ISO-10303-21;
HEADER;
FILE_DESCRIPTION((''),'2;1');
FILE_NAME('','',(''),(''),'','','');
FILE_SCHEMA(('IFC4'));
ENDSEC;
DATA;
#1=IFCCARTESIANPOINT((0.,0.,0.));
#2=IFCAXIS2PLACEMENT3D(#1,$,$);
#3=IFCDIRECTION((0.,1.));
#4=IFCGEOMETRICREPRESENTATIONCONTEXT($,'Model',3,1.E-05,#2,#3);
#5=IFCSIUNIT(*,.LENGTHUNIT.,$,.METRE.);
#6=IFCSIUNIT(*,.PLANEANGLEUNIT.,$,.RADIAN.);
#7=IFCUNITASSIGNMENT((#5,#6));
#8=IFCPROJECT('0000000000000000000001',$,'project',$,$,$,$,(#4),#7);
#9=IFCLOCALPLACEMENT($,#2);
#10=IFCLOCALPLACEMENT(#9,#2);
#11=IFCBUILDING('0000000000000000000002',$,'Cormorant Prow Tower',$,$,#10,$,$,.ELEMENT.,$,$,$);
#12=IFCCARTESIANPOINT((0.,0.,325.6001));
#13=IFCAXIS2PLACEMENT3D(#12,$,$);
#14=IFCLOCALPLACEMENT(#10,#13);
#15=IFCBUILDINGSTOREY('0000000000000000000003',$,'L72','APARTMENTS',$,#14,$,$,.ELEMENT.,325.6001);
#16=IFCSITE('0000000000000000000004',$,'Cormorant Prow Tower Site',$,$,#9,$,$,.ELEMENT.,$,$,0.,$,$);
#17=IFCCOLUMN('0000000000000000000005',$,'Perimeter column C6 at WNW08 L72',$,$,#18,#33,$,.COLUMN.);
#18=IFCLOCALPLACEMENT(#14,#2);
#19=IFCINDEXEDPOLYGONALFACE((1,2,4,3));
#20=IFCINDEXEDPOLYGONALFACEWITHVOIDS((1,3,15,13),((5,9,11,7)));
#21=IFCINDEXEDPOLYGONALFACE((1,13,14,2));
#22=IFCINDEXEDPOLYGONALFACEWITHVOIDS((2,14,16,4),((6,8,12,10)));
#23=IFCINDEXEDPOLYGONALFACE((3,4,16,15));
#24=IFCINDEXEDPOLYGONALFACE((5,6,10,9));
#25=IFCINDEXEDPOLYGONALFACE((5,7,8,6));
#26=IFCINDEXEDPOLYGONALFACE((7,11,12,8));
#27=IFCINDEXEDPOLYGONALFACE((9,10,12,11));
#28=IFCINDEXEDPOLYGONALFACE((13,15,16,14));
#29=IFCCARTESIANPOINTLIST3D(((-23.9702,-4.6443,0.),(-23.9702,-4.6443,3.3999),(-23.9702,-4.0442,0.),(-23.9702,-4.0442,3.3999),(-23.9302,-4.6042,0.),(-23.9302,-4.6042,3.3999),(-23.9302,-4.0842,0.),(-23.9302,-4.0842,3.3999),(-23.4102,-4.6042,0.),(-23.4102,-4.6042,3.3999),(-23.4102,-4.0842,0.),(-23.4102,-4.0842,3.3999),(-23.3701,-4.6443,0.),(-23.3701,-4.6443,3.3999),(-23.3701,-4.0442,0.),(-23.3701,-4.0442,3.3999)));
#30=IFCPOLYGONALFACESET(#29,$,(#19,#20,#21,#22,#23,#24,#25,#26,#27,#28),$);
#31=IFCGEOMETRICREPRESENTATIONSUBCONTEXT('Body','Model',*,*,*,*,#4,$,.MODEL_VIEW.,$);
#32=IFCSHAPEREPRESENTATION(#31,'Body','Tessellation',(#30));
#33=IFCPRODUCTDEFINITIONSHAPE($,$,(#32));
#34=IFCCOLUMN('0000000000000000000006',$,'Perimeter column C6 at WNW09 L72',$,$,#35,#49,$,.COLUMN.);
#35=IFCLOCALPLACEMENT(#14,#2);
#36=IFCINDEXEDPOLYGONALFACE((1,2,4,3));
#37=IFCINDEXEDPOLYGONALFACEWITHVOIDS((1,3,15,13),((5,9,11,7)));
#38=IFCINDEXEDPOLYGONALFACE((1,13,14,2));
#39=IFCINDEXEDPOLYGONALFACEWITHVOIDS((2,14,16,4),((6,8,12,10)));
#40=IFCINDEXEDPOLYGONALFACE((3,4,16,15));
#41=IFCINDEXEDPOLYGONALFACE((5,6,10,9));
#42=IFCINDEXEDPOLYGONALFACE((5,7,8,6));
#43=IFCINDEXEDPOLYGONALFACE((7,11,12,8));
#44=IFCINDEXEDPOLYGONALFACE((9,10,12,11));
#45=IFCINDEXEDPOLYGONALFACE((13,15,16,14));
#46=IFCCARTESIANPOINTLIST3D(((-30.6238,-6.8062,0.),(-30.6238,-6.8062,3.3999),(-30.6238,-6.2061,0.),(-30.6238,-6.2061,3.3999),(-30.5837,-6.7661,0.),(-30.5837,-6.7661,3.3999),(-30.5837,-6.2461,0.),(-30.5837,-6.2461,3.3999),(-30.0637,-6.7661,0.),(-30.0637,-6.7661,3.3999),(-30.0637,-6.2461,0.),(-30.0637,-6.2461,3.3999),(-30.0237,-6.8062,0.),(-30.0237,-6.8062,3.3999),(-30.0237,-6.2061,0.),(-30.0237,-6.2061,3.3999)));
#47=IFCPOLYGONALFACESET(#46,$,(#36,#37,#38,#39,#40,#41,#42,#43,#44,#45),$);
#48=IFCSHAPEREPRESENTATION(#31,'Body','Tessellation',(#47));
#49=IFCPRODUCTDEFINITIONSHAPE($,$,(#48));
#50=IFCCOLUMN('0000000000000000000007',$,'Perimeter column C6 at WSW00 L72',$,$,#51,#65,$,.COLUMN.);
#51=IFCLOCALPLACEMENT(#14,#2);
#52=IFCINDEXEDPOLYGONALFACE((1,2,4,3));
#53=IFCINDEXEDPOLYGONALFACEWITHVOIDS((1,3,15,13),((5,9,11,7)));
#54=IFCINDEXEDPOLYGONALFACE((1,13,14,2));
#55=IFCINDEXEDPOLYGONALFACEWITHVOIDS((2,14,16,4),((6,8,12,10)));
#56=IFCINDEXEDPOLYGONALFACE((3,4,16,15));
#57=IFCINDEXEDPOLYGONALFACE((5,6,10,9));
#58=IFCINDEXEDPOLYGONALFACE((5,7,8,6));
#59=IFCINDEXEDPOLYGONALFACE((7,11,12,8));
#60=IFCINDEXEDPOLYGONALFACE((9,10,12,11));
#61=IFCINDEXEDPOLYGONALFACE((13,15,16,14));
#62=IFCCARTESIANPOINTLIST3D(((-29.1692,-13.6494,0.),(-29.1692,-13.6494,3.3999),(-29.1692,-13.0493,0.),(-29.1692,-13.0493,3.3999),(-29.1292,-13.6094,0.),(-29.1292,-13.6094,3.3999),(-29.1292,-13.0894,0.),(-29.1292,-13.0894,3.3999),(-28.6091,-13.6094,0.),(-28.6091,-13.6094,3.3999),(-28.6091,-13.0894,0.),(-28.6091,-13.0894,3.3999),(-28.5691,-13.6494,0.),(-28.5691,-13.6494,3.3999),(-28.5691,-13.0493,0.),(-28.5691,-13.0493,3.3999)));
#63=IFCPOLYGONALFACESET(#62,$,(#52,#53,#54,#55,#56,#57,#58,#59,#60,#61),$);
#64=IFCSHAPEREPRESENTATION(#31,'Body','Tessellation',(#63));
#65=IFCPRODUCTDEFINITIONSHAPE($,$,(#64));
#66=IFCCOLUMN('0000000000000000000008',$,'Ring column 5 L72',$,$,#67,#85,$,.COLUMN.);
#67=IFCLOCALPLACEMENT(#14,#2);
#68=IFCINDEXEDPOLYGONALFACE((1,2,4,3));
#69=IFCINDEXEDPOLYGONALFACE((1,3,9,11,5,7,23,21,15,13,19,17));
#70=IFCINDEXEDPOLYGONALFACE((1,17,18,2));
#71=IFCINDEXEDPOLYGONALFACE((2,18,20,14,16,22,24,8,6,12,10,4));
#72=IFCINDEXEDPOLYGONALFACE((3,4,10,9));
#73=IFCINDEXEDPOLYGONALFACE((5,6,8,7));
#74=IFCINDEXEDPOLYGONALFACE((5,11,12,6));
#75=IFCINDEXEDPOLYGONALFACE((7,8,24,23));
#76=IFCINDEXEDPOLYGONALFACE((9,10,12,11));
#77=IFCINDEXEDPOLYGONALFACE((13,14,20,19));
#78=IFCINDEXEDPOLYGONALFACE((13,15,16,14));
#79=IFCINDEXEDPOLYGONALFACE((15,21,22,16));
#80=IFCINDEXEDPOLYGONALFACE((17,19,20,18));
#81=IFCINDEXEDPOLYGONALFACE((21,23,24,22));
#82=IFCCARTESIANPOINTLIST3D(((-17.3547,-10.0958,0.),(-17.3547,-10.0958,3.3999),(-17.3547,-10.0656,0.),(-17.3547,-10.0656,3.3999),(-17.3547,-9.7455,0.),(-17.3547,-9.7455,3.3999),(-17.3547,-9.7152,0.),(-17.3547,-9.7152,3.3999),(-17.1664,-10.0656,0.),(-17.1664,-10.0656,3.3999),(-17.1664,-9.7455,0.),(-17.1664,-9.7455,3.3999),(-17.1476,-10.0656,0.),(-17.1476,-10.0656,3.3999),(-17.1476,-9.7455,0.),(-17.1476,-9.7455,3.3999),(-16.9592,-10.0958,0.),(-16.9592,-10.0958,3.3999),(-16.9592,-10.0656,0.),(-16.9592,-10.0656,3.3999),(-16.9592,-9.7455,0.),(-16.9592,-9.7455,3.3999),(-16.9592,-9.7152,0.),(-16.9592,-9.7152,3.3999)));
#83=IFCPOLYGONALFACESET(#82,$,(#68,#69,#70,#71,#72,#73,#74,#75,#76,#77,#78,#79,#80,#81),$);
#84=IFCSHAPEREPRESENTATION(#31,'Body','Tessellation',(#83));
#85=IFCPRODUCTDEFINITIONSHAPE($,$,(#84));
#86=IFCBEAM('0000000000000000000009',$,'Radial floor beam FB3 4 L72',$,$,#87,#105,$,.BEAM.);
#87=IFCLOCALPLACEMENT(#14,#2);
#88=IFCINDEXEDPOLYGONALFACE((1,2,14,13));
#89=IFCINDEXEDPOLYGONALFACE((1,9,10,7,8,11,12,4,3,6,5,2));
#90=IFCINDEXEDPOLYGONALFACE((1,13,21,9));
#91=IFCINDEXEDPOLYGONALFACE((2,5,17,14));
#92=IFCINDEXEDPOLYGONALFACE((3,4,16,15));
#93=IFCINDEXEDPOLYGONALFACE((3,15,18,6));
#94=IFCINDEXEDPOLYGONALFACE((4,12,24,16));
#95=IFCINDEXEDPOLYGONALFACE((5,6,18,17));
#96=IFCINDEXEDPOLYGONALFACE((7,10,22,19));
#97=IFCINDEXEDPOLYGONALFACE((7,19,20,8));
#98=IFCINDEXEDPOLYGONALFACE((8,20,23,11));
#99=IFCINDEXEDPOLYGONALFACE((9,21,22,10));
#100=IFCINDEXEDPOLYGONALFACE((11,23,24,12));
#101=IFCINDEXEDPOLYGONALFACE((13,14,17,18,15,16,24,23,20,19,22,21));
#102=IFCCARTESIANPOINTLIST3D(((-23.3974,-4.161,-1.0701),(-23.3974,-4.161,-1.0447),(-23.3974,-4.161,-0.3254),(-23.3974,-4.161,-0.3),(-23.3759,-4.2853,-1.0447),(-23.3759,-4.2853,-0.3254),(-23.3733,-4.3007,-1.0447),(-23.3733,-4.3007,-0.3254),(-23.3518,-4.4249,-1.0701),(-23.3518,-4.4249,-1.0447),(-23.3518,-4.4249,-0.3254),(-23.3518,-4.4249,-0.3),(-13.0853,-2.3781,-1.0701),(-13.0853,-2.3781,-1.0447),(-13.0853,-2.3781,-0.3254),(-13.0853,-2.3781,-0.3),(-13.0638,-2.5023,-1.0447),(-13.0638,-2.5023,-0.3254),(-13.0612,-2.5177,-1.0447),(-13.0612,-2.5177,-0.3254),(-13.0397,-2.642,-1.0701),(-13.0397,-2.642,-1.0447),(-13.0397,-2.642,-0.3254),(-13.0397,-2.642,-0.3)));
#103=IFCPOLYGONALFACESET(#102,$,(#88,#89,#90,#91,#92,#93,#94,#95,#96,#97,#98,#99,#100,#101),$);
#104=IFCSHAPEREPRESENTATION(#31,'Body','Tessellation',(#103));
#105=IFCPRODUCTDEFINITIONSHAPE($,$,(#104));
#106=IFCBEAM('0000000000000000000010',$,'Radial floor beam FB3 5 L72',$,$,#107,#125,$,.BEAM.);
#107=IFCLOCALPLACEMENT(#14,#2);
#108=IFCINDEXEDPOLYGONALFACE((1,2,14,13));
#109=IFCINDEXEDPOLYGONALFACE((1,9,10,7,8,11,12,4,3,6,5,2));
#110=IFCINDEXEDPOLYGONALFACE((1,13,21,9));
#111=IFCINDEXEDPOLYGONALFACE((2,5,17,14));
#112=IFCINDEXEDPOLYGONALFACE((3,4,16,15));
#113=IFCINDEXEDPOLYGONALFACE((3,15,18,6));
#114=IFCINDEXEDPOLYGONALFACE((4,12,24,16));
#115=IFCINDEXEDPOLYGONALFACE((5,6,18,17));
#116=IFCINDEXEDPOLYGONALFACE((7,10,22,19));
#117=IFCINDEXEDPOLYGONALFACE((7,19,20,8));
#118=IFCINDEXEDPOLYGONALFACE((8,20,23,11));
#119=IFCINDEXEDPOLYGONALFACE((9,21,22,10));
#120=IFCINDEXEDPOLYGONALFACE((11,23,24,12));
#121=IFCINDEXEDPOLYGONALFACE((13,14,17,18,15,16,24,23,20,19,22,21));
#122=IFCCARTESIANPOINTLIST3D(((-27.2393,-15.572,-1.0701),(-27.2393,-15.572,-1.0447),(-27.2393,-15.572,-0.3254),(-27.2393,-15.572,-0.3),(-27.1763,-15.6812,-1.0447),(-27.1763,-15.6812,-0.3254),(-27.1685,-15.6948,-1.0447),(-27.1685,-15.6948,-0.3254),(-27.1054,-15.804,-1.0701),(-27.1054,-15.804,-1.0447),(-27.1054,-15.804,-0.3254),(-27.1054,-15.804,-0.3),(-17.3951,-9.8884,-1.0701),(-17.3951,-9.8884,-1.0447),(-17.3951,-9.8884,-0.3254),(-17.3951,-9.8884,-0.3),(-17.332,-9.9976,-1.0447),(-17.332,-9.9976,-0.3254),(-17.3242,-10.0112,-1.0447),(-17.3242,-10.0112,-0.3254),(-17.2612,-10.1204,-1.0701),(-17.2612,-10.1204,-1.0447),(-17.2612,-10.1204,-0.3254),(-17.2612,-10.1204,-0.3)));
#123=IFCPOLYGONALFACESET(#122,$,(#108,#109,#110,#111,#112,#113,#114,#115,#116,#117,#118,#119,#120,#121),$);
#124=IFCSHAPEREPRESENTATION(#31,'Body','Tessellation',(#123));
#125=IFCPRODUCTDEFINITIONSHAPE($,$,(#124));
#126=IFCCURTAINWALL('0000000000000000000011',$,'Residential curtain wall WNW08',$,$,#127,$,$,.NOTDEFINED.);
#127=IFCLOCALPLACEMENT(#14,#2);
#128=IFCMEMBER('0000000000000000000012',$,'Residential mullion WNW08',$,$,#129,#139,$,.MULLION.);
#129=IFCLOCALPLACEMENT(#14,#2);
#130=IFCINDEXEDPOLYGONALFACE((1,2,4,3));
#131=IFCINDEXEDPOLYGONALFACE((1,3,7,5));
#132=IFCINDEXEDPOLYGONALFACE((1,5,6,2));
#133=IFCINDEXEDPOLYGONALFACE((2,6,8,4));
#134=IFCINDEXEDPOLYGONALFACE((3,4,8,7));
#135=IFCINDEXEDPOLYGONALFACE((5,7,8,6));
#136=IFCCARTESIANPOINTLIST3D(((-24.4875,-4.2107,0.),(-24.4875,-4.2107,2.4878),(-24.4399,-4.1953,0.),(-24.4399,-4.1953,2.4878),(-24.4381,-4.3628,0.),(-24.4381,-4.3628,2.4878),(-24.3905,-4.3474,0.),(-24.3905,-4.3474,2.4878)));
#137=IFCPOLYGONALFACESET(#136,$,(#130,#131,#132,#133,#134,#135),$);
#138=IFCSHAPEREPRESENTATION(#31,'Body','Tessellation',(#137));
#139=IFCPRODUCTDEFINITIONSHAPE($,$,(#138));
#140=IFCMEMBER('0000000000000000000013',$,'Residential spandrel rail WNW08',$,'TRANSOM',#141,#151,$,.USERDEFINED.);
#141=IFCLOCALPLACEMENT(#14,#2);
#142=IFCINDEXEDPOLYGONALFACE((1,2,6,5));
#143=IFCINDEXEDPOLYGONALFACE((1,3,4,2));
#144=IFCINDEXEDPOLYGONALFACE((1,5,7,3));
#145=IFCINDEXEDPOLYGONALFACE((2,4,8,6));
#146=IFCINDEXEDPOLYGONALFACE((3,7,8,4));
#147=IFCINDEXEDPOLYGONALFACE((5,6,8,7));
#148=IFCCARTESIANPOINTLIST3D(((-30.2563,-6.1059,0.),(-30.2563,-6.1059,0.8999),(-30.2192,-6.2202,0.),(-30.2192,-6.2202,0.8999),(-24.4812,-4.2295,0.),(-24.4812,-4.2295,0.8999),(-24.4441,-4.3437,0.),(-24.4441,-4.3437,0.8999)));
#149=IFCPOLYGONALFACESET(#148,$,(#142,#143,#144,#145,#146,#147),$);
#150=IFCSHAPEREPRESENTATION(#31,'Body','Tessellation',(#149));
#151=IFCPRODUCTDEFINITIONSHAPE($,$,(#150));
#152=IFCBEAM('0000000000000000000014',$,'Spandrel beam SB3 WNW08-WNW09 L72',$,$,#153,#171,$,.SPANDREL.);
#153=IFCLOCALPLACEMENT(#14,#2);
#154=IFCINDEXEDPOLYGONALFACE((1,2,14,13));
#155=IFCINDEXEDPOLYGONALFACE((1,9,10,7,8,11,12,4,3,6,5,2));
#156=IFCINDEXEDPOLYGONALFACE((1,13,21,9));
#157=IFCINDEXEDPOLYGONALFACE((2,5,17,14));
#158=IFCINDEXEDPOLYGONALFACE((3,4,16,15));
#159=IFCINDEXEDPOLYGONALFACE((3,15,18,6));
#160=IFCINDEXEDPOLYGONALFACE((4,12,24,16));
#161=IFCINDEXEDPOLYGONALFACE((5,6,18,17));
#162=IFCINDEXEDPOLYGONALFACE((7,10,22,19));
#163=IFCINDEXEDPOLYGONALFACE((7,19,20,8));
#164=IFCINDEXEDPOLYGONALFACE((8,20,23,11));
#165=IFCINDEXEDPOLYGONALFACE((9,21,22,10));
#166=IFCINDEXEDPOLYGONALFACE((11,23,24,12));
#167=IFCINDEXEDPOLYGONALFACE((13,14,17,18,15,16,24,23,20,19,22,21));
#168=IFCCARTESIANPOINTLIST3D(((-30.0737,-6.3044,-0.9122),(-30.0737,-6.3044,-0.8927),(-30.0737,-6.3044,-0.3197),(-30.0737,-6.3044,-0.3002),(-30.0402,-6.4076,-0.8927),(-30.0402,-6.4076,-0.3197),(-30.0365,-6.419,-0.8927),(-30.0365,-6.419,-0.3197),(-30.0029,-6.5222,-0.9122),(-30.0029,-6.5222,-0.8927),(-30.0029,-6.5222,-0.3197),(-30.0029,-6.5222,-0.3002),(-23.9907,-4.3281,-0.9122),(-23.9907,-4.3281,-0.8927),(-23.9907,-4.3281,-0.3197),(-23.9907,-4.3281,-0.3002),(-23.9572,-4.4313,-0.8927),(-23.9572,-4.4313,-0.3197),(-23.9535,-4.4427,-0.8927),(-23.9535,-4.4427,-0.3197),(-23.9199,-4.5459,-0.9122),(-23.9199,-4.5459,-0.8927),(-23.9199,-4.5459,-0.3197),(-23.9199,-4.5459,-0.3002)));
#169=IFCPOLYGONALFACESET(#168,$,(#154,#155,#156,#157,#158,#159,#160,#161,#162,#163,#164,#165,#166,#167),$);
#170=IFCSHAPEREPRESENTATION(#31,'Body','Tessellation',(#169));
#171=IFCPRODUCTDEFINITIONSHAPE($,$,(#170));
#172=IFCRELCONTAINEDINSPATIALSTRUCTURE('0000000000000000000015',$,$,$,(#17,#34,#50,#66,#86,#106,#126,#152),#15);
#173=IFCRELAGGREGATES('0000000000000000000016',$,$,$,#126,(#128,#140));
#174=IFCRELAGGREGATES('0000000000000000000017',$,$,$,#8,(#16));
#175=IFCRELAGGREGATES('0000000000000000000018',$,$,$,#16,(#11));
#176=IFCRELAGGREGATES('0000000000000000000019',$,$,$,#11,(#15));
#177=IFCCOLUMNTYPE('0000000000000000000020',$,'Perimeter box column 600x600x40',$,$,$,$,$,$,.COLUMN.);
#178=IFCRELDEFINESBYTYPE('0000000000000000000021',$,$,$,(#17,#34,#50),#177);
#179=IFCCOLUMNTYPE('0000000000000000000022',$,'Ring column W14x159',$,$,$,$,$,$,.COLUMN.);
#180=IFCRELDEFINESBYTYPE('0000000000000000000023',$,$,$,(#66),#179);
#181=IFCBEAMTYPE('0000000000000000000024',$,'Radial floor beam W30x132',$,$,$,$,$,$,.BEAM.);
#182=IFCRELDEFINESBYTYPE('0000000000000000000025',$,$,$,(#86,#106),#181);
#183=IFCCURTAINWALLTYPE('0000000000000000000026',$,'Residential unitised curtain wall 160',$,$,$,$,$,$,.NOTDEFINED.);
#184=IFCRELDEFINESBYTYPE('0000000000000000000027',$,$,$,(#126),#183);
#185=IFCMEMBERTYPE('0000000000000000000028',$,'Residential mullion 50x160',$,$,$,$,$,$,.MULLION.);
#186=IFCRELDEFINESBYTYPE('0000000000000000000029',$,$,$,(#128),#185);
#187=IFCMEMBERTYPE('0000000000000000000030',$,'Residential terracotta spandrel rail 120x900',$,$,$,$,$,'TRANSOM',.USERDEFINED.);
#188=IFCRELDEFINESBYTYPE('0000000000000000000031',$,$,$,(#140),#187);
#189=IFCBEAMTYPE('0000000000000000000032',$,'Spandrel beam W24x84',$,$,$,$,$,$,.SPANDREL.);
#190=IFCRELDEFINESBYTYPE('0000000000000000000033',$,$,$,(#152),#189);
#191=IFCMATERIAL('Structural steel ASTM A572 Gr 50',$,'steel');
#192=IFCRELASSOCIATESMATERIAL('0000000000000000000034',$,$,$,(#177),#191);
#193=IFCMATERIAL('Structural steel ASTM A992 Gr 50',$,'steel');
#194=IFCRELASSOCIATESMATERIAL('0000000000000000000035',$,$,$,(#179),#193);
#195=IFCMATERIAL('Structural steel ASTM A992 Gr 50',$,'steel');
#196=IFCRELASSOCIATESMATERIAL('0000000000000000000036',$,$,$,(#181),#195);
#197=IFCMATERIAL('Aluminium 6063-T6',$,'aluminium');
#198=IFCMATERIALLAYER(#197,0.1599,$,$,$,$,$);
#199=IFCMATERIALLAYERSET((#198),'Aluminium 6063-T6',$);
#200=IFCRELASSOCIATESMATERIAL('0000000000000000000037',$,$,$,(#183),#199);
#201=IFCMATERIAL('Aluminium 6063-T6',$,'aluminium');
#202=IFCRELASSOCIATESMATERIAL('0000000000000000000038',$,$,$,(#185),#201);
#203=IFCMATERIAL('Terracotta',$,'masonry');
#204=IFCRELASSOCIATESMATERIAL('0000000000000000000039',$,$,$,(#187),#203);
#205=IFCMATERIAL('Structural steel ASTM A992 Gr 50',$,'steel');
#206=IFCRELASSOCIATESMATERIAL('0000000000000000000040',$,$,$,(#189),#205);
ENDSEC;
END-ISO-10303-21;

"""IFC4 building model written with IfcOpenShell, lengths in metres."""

from ifc_helpers import new_model, si_unit, direction, frame, origin, origin_2d, place, context, subcontext, project, spatial, rectangle, hollow_rectangle, i_section, extrude, material, layer, layer_set, material_profile, profile_set, type_object, element, aggregate, save


model = new_model("IFC4")

# Units and contexts
model_context = context("Model", 3, precision=1e-05, world=origin(), true_north=direction((0.0, 1.0)))
body_context = subcontext(model_context, "Body", "Model", "MODEL_VIEW")
ifc_project = project(units=[si_unit("LENGTHUNIT", "METRE"), si_unit("PLANEANGLEUNIT", "RADIAN")], contexts=[model_context])

# Site, building, storey
site_placement = place(None, origin())
site = spatial("IfcSite", under=ifc_project, at=site_placement, Name="Cormorant Prow Tower Site", CompositionType="ELEMENT", RefElevation=0.0)
building_placement = place(site_placement, origin())
building = spatial("IfcBuilding", under=site, at=building_placement, Name="Cormorant Prow Tower", CompositionType="ELEMENT")
storey_placement = place(building_placement, frame((0.0, 0.0, 325.6001)))
storey = spatial("IfcBuildingStorey", under=building, at=storey_placement, Name="L72", Description="APARTMENTS", CompositionType="ELEMENT", Elevation=325.6001)

# Columns
ifc_material_1 = material(Name="Structural steel ASTM A572 Gr 50", Category="steel")
ifc_material_profile_1 = material_profile(ifc_material_1, hollow_rectangle(XDim=0.6001, YDim=0.6001, WallThickness=0.04, at=origin_2d()), Name="Box 600x600x40")
ifc_profile_set_1 = profile_set([ifc_material_profile_1], Name="Structural steel ASTM A572 Gr 50")
column_type_1 = type_object("IfcColumnType", Name="Perimeter box column 600x600x40", PredefinedType="COLUMN", material=ifc_profile_set_1)
for number, where, z_axis, x_axis, name in (
    (1, (-23.6702, -4.3442, 0.0), (0.0, 0.0, 1.0), (1.0, 0.0, 0.0), "Perimeter column C6 at WNW08 L72"),
    (2, (-30.3237, -6.5061, 0.0), (0.0, 0.0, 1.0), (1.0, 0.0, 0.0), "Perimeter column C6 at WNW09 L72"),
    (3, (-28.8691, -13.3494, 0.0), (0.0, 0.0, 1.0), (1.0, 0.0, 0.0), "Perimeter column C6 at WSW00 L72"),
):
    element("IfcColumn", number, at=place(storey_placement, frame(where, z_axis=z_axis, x_axis=x_axis)), inside=storey, type_object=column_type_1, Name=name, PredefinedType="COLUMN", context=body_context, shape_type="SweptSolid", body=[
        extrude(hollow_rectangle(XDim=0.6001, YDim=0.6001, WallThickness=0.04, at=origin_2d()), origin(), (0.0, 0.0, 1.0), 3.3999),
    ])
ifc_material_2 = material(Name="Structural steel ASTM A992 Gr 50", Category="steel")
ifc_material_profile_2 = material_profile(ifc_material_2, i_section(OverallWidth=0.3955, OverallDepth=0.3806, WebThickness=0.0188, FlangeThickness=0.0303, at=origin_2d()), Name="W14x159")
ifc_profile_set_2 = profile_set([ifc_material_profile_2], Name="Structural steel ASTM A992 Gr 50")
column_type_2 = type_object("IfcColumnType", Name="Ring column W14x159", PredefinedType="COLUMN", material=ifc_profile_set_2)
column_placement = place(storey_placement, frame((-17.157, -9.9055, 0.0), z_axis=(0.0, 0.0, 1.0), x_axis=(1.0, 0.0, 0.0)))
element("IfcColumn", 4, at=column_placement, inside=storey, type_object=column_type_2, Name="Ring column 5 L72", PredefinedType="COLUMN", context=body_context, shape_type="SweptSolid", body=[
    extrude(i_section(OverallWidth=0.3955, OverallDepth=0.3806, WebThickness=0.0188, FlangeThickness=0.0303, at=origin_2d()), origin(), (0.0, 0.0, 1.0), 3.3999),
])

# Beams
ifc_material_3 = material(Name="Structural steel ASTM A992 Gr 50", Category="steel")
ifc_material_profile_3 = material_profile(ifc_material_3, i_section(OverallWidth=0.2678, OverallDepth=0.77, WebThickness=0.0156, FlangeThickness=0.0254, at=origin_2d()), Name="W30x132")
ifc_profile_set_3 = profile_set([ifc_material_profile_3], Name="Structural steel ASTM A992 Gr 50")
beam_type_1 = type_object("IfcBeamType", Name="Radial floor beam W30x132", PredefinedType="BEAM", material=ifc_profile_set_3)
beam_1_placement = place(storey_placement, frame((-13.0625, -2.51, -0.6851), z_axis=(-0.98538, -0.170373, 0.0), x_axis=(0.170373, -0.98538, 0.0)))
element("IfcBeam", 5, at=beam_1_placement, inside=storey, type_object=beam_type_1, Name="Radial floor beam FB3 4 L72", PredefinedType="BEAM", context=body_context, shape_type="SweptSolid", body=[
    extrude(i_section(OverallWidth=0.2678, OverallDepth=0.77, WebThickness=0.0156, FlangeThickness=0.0254, at=origin_2d()), origin(), (0.0, 0.0, 1.0), 10.4651),
])
beam_2_placement = place(storey_placement, frame((-17.3281, -10.0044, -0.6851), z_axis=(-0.866025, -0.500001, 0.0), x_axis=(0.500001, -0.866025, 0.0)))
element("IfcBeam", 6, at=beam_2_placement, inside=storey, type_object=beam_type_1, Name="Radial floor beam FB3 5 L72", PredefinedType="BEAM", context=body_context, shape_type="SweptSolid", body=[
    extrude(i_section(OverallWidth=0.2678, OverallDepth=0.77, WebThickness=0.0156, FlangeThickness=0.0254, at=origin_2d()), origin(), (0.0, 0.0, 1.0), 11.3672),
])

# Curtain wall, members
ifc_material_4 = material(Name="Aluminium 6063-T6", Category="aluminium")
ifc_layer_1 = layer(ifc_material_4, 0.1599)
ifc_layer_set_1 = layer_set([ifc_layer_1], Name="Aluminium 6063-T6")
curtain_wall_type = type_object("IfcCurtainWallType", Name="Residential unitised curtain wall 160", PredefinedType="NOTDEFINED", material=ifc_layer_set_1)
curtain_wall_placement = place(storey_placement, origin())
curtain_wall = element("IfcCurtainWall", 7, at=curtain_wall_placement, inside=storey, type_object=curtain_wall_type, Name="Residential curtain wall WNW08", PredefinedType="NOTDEFINED")
ifc_material_5 = material(Name="Aluminium 6063-T6", Category="aluminium")
ifc_material_profile_4 = material_profile(ifc_material_5, rectangle(XDim=0.1599, YDim=0.05, at=origin_2d()), Name="Residential mullion 50x160")
ifc_profile_set_4 = profile_set([ifc_material_profile_4], Name="Aluminium 6063-T6")
member_type_1 = type_object("IfcMemberType", Name="Residential mullion 50x160", PredefinedType="MULLION", material=ifc_profile_set_4)
member_1_placement = place(storey_placement, frame((-24.439, -4.2791, 0.0), z_axis=(0.0, 0.0, 1.0), x_axis=(0.309017, -0.951057, 0.0)))
member_1 = element("IfcMember", 8, at=member_1_placement, type_object=member_type_1, Name="Residential mullion WNW08", PredefinedType="MULLION", context=body_context, shape_type="SweptSolid", body=[
    extrude(rectangle(XDim=0.1599, YDim=0.05, at=origin_2d()), origin(), (0.0, 0.0, 1.0), 2.4878),
])
ifc_material_6 = material(Name="Terracotta", Category="masonry")
ifc_material_profile_5 = material_profile(ifc_material_6, rectangle(XDim=0.1201, YDim=0.8999, at=origin_2d()), Name="Residential terracotta spandrel rail 120x900")
ifc_profile_set_5 = profile_set([ifc_material_profile_5], Name="Terracotta")
member_type_2 = type_object("IfcMemberType", Name="Residential terracotta spandrel rail 120x900", ElementType="TRANSOM", PredefinedType="USERDEFINED", material=ifc_profile_set_5)
member_2_placement = place(storey_placement, frame((-24.4626, -4.2866, 0.45), z_axis=(-0.951056, -0.309018, 0.0), x_axis=(0.309018, -0.951056, 0.0)))
member_2 = element("IfcMember", 9, at=member_2_placement, type_object=member_type_2, Name="Residential spandrel rail WNW08", ObjectType="TRANSOM", PredefinedType="USERDEFINED", context=body_context, shape_type="SweptSolid", body=[
    extrude(rectangle(XDim=0.1201, YDim=0.8999, at=origin_2d()), origin(), (0.0, 0.0, 1.0), 6.0723),
])

# Beam
ifc_material_7 = material(Name="Structural steel ASTM A992 Gr 50", Category="steel")
ifc_material_profile_6 = material_profile(ifc_material_7, i_section(OverallWidth=0.229, OverallDepth=0.6121, WebThickness=0.012, FlangeThickness=0.0195, at=origin_2d()), Name="W24x84")
ifc_profile_set_6 = profile_set([ifc_material_profile_6], Name="Structural steel ASTM A992 Gr 50")
beam_type_2 = type_object("IfcBeamType", Name="Spandrel beam W24x84", PredefinedType="SPANDREL", material=ifc_profile_set_6)
beam_3_placement = place(storey_placement, frame((-23.9553, -4.437, -0.6062), z_axis=(-0.951064, -0.308993, 0.0), x_axis=(0.308993, -0.951064, 0.0)))
element("IfcBeam", 10, at=beam_3_placement, inside=storey, type_object=beam_type_2, Name="Spandrel beam SB3 WNW08-WNW09 L72", PredefinedType="SPANDREL", context=body_context, shape_type="SweptSolid", body=[
    extrude(i_section(OverallWidth=0.229, OverallDepth=0.6121, WebThickness=0.012, FlangeThickness=0.0195, at=origin_2d()), origin(), (0.0, 0.0, 1.0), 6.396),
])

aggregate(curtain_wall, [member_1, member_2])

save(model, "model.ifc")
